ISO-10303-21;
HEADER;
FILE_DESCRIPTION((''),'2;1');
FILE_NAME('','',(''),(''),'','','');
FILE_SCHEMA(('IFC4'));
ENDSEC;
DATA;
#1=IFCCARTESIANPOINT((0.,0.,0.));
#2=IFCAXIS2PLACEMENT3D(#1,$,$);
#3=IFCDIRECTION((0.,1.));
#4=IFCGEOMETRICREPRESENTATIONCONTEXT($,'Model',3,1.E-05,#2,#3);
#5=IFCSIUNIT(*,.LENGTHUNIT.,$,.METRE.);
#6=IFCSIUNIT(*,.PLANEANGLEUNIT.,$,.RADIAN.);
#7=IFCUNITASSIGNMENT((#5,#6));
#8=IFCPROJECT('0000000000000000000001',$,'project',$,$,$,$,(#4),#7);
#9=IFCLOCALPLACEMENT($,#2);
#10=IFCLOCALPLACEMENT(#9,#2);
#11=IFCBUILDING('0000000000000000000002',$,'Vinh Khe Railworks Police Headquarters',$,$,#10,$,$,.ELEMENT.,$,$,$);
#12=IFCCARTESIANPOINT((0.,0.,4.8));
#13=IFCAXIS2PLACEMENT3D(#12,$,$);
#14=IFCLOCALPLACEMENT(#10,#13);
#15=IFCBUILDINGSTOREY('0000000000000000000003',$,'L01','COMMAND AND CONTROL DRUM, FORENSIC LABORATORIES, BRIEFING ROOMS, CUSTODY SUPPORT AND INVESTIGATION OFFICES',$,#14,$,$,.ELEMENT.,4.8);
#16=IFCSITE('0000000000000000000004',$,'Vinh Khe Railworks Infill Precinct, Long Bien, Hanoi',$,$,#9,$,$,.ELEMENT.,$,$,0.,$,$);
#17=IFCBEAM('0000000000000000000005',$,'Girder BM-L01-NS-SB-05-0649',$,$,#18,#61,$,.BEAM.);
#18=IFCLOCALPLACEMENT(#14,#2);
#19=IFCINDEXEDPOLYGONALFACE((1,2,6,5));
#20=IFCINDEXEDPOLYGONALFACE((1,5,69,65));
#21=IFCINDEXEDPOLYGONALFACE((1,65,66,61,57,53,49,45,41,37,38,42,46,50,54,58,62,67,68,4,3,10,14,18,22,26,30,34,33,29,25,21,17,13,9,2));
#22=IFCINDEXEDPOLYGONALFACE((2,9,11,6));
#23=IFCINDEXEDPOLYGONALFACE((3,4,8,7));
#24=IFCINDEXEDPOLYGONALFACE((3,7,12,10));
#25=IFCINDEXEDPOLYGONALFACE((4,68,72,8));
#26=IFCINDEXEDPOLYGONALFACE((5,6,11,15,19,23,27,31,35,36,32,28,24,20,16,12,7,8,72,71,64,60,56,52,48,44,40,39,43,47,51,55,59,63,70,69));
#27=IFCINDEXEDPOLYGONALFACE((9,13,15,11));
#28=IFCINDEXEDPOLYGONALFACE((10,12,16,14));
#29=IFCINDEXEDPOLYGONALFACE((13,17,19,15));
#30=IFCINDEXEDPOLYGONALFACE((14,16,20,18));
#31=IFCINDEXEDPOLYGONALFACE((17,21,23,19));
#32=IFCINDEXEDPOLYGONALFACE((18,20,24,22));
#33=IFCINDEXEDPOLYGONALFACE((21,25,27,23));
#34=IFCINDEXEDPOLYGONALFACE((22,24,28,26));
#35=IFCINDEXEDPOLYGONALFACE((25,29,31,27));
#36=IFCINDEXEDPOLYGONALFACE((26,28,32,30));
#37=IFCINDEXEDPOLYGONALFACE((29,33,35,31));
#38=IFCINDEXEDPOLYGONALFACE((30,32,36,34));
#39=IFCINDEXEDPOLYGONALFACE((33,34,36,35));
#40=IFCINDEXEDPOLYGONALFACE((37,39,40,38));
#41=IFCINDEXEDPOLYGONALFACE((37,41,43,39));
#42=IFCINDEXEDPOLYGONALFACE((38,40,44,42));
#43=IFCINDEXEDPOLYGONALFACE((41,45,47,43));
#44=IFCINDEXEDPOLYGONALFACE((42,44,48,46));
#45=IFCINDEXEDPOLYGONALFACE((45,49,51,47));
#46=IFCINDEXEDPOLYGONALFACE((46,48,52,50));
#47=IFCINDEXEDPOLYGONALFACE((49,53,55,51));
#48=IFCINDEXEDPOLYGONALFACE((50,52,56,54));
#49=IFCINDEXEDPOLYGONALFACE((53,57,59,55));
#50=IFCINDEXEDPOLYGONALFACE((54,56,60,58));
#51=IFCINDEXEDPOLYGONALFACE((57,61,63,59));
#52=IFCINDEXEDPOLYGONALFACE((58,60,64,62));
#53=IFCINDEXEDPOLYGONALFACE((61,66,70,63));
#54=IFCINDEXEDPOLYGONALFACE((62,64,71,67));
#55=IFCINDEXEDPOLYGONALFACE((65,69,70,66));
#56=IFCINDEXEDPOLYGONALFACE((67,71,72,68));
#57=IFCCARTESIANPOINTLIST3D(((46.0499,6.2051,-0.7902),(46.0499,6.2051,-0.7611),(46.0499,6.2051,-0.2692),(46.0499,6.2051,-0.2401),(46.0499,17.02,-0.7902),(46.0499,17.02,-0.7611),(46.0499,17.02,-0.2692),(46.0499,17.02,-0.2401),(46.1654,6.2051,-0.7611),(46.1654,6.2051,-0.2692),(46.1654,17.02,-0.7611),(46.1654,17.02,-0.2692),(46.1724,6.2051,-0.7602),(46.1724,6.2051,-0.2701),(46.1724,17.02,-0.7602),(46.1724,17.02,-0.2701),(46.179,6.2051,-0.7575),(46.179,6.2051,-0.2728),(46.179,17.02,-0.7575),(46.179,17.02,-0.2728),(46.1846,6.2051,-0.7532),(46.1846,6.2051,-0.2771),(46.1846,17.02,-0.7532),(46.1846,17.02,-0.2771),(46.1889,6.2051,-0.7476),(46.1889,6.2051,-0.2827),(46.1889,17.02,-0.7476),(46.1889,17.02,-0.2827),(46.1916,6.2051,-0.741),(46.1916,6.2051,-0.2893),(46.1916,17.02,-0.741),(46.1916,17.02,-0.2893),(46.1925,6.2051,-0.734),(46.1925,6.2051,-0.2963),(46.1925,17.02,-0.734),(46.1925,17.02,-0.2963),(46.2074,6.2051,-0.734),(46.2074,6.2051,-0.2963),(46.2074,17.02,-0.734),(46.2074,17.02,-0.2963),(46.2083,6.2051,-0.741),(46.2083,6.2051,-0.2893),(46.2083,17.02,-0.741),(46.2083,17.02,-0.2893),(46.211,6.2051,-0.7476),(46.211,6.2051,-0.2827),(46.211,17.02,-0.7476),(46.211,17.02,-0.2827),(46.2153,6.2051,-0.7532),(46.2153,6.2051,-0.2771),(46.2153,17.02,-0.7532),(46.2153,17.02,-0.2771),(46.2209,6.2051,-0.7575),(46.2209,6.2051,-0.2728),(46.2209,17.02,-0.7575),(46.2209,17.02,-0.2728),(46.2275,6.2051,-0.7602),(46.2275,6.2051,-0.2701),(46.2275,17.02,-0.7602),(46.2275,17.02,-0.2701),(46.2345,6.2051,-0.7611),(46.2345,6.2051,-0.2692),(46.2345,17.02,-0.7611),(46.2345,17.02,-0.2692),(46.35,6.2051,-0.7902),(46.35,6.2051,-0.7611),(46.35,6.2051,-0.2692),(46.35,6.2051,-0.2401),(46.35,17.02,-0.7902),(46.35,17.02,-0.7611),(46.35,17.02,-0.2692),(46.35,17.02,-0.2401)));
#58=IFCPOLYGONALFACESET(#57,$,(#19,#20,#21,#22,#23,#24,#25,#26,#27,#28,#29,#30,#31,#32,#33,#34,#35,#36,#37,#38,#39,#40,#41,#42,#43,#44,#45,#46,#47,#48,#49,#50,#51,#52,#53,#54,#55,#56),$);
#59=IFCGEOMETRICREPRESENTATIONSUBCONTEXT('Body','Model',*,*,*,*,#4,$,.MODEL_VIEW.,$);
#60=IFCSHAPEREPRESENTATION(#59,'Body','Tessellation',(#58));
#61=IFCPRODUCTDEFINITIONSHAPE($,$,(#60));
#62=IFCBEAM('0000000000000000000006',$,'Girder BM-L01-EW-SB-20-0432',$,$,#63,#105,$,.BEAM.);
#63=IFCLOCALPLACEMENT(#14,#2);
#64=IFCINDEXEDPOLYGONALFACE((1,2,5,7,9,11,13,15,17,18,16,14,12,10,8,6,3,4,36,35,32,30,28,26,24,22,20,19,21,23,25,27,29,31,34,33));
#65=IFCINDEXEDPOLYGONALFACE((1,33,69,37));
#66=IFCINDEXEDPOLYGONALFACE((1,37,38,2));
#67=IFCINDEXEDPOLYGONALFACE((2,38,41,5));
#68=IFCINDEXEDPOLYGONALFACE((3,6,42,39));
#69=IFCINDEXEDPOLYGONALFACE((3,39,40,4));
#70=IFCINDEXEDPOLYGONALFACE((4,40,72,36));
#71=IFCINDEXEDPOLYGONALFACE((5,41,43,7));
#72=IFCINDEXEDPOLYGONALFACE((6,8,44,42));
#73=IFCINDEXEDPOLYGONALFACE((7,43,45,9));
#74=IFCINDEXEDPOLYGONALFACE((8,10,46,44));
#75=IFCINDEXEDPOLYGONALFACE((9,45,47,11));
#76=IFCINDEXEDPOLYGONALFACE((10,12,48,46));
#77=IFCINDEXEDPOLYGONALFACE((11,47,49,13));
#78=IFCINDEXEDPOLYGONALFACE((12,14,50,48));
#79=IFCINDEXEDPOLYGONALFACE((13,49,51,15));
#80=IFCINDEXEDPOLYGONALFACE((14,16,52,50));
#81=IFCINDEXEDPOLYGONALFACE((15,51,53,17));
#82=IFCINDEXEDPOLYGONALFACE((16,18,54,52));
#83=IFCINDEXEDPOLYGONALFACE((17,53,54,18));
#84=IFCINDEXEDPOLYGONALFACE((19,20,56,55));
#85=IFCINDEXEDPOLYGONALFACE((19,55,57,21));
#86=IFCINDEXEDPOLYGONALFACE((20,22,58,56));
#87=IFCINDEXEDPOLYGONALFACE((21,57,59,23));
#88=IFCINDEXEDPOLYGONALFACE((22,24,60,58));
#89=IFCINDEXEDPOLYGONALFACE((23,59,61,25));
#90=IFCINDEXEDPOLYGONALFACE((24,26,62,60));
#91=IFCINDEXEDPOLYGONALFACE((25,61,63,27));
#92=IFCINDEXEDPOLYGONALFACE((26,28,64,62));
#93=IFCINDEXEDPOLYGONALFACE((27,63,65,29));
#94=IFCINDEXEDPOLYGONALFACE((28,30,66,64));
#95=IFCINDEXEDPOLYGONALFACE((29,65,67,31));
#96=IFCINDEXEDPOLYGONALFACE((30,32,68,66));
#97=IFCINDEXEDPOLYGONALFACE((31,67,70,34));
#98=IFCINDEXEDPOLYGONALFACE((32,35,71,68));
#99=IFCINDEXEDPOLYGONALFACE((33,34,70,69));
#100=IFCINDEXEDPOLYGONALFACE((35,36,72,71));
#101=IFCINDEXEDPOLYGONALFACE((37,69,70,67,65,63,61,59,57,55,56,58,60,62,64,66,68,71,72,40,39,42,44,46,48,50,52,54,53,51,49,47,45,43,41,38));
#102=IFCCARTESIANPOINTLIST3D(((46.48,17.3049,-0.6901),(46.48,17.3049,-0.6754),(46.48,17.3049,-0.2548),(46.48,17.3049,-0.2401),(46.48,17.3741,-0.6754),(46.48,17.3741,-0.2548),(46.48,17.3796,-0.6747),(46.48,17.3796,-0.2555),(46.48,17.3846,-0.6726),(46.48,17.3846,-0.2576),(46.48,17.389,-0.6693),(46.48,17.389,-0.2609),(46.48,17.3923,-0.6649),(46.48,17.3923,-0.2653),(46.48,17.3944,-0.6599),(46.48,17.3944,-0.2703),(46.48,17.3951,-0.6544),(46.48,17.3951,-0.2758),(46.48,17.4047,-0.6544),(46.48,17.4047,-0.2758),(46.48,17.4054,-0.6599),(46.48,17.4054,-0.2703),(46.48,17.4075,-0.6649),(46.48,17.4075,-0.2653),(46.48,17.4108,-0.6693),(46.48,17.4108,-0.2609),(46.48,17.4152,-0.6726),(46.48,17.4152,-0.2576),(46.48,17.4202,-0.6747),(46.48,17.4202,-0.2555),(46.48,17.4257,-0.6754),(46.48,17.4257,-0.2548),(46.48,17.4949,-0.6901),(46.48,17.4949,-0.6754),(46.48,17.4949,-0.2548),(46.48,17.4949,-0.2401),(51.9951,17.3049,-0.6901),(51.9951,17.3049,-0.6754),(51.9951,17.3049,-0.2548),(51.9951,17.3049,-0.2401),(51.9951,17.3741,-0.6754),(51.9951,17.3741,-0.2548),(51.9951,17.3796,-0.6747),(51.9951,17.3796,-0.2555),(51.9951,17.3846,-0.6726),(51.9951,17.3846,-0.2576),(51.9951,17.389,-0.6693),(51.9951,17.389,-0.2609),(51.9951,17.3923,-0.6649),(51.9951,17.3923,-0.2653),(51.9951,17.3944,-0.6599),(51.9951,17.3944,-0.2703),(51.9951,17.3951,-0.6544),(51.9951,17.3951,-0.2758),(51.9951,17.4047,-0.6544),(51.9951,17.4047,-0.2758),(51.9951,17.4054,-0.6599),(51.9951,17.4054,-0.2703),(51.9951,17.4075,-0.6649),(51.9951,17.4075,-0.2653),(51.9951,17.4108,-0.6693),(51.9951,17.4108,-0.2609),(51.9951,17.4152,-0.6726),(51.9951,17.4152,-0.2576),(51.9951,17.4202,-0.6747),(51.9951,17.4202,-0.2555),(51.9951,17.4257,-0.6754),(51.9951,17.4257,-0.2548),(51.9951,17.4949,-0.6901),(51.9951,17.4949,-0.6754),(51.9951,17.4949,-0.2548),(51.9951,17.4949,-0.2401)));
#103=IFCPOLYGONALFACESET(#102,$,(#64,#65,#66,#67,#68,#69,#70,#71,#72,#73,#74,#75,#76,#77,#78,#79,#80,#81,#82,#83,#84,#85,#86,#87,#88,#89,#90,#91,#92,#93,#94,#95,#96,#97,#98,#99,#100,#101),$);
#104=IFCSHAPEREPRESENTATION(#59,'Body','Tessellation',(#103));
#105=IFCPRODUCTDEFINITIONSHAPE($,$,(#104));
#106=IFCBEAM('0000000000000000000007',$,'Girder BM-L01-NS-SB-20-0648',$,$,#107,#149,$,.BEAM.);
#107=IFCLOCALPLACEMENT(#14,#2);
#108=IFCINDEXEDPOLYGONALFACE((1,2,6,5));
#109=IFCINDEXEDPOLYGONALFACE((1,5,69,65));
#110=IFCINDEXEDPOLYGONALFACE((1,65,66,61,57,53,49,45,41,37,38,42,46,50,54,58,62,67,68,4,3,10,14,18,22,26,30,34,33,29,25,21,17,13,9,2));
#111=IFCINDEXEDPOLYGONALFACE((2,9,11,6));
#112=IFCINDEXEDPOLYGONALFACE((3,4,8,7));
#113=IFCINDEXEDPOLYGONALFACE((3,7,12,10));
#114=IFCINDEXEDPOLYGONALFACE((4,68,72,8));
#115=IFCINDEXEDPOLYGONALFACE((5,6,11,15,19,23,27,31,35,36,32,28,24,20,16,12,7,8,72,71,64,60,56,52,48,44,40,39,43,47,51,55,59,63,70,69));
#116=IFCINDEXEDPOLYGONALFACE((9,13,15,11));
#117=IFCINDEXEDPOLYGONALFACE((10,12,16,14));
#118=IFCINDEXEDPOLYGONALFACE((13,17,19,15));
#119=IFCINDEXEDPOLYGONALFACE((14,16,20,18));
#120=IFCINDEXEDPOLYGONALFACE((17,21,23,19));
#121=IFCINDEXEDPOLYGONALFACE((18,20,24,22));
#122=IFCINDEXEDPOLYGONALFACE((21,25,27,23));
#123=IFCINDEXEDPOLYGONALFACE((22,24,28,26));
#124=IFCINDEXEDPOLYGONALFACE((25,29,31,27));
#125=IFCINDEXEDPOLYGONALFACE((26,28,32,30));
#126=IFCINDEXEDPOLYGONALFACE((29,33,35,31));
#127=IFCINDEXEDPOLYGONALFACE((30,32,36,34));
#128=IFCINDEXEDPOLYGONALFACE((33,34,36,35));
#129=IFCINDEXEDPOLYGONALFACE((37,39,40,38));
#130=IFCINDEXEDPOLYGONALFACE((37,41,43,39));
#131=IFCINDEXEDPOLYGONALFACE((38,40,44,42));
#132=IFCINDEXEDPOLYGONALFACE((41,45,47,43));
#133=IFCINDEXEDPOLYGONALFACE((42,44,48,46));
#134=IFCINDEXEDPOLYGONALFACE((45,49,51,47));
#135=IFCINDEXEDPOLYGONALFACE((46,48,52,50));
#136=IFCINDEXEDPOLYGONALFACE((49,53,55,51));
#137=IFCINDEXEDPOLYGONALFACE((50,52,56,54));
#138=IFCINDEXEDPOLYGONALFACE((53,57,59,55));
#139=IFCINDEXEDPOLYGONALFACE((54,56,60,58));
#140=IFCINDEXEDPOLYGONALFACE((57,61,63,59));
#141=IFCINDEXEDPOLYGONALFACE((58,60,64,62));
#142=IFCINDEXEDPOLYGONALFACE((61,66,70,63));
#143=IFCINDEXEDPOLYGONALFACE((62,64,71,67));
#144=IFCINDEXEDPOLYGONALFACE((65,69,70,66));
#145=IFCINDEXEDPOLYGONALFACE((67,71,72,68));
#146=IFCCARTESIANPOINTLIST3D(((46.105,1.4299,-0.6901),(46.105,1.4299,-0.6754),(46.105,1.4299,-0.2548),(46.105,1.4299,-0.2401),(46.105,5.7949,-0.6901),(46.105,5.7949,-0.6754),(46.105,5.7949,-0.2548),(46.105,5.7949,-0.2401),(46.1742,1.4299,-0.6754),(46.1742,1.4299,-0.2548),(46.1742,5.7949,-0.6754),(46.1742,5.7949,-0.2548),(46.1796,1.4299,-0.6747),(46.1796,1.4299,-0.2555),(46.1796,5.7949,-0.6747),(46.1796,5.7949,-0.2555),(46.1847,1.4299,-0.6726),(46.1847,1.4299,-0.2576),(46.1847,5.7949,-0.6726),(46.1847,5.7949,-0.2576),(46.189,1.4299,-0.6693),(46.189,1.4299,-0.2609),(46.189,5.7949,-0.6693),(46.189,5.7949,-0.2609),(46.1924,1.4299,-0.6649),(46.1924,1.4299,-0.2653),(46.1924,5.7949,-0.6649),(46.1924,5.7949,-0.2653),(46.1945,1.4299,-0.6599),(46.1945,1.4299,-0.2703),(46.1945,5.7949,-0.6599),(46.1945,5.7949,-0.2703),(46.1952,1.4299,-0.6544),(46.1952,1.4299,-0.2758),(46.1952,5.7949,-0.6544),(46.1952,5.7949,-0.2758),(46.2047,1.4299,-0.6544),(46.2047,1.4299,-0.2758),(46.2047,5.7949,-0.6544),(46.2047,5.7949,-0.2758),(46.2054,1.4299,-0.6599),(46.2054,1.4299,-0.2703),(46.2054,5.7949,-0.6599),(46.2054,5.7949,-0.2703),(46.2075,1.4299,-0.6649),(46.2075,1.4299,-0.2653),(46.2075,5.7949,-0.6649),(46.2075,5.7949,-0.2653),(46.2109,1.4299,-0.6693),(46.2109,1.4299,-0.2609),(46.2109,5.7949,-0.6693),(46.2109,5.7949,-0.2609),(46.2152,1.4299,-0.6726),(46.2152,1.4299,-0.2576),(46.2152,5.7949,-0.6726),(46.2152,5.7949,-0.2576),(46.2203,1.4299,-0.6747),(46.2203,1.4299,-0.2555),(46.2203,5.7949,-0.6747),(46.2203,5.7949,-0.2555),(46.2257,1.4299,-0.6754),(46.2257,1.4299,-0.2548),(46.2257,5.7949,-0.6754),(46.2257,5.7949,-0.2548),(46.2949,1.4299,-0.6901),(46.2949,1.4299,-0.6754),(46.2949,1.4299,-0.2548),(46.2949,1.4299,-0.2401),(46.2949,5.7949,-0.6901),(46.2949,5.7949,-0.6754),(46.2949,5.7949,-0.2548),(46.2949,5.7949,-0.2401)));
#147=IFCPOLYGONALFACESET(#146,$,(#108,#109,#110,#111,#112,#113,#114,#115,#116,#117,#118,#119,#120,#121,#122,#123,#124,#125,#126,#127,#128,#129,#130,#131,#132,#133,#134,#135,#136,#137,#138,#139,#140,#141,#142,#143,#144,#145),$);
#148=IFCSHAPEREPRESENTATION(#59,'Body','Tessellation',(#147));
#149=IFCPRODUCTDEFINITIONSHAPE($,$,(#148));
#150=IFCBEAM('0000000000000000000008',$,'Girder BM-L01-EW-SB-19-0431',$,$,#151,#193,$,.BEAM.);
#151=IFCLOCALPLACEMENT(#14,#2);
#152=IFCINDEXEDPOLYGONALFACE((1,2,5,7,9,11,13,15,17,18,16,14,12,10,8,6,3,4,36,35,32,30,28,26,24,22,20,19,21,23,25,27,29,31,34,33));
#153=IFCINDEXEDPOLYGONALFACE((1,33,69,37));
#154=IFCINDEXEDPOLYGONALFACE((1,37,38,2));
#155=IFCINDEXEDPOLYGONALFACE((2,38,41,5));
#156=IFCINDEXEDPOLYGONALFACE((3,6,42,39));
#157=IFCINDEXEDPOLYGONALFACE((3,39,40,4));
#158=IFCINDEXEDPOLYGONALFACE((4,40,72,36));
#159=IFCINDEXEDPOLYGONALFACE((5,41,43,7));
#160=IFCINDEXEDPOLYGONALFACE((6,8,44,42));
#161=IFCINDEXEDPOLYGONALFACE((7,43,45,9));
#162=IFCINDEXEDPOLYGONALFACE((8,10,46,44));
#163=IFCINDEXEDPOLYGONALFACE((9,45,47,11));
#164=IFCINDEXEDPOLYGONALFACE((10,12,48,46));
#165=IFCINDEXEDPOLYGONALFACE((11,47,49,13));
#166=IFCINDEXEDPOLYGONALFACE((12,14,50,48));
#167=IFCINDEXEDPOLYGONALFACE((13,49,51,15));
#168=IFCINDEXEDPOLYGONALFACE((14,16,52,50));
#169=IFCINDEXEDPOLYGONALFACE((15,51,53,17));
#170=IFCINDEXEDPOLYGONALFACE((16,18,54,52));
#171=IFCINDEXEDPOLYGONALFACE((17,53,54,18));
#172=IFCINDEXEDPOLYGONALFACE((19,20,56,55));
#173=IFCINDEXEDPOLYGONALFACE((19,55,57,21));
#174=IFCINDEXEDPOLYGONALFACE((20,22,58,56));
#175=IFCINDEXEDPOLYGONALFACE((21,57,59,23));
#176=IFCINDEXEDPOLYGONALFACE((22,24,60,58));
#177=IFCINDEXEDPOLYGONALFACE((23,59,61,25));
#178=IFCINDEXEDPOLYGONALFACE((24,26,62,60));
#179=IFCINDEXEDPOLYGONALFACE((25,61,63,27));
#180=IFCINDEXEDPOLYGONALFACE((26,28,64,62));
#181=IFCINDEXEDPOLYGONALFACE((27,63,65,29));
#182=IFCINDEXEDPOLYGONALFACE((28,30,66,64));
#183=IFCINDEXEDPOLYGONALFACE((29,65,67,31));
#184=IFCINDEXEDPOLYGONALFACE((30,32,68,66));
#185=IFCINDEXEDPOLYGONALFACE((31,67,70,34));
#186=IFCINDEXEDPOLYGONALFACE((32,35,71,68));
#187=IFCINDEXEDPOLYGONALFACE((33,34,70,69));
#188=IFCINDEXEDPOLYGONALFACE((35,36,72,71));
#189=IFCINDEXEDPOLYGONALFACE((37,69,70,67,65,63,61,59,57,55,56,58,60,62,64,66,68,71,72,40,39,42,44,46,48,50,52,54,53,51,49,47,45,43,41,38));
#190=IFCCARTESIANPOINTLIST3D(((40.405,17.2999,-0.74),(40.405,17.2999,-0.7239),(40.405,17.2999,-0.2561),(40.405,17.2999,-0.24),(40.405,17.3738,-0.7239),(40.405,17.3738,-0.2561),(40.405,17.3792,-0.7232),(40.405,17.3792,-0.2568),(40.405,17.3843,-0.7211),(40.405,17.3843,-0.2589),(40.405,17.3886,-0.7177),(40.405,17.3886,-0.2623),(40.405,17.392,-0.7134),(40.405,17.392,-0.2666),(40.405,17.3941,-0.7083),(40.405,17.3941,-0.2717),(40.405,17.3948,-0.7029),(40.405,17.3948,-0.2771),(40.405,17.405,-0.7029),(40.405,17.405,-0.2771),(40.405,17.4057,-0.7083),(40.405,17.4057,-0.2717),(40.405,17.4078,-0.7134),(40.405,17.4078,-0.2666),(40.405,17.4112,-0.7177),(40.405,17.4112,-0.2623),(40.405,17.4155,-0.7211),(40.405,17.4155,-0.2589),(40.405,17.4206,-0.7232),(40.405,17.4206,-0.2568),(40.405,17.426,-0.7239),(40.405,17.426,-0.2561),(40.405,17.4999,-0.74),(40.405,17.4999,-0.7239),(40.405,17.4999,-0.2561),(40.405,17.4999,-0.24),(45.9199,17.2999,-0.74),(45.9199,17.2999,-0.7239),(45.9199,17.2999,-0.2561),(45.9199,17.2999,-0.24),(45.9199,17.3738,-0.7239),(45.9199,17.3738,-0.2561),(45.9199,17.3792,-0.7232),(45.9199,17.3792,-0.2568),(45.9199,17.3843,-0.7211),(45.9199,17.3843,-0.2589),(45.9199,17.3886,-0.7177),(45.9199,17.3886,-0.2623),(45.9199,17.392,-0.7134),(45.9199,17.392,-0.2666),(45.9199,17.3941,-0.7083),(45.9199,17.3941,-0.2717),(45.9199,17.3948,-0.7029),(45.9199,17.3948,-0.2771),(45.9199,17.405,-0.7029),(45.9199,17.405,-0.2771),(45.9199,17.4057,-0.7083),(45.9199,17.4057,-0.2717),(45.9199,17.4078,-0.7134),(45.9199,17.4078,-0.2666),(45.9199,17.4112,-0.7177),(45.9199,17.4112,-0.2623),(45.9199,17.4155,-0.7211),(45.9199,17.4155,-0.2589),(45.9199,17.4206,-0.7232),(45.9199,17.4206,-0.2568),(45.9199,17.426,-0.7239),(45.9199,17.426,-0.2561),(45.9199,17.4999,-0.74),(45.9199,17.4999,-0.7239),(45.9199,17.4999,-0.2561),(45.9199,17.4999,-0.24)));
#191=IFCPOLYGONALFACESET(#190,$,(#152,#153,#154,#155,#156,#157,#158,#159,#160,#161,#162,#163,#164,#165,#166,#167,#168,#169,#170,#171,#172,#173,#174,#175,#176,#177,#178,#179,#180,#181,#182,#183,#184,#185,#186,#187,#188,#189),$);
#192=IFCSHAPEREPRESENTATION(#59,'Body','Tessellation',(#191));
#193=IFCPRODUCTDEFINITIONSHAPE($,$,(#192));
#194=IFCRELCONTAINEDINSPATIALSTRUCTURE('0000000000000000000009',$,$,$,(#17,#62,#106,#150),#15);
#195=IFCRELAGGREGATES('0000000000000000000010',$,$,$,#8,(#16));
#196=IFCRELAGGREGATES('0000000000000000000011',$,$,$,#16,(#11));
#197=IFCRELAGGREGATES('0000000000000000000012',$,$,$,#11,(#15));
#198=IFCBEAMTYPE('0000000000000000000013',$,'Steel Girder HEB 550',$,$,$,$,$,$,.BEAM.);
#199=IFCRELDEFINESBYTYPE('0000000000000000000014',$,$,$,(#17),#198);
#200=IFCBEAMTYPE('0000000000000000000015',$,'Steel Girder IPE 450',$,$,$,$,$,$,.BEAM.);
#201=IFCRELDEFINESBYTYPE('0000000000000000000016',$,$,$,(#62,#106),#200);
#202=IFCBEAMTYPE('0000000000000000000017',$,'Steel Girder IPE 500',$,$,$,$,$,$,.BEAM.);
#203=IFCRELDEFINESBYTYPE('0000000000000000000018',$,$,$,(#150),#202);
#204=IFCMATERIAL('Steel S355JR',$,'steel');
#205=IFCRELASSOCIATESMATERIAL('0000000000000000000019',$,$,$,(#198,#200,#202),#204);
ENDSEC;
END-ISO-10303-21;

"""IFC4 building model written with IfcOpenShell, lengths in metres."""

from ifc_helpers import new_model, si_unit, direction, frame, origin, origin_2d, place, context, subcontext, project, spatial, i_section, extrude, material, material_profile, profile_set, type_object, element, save


model = new_model("IFC4")

# Units and contexts
model_context = context("Model", 3, precision=1e-05, world=origin(), true_north=direction((0.0, 1.0)))
body_context = subcontext(model_context, "Body", "Model", "MODEL_VIEW")
ifc_project = project(units=[si_unit("LENGTHUNIT", "METRE"), si_unit("PLANEANGLEUNIT", "RADIAN")], contexts=[model_context])

# Site, building, storey
site_placement = place(None, origin())
site = spatial("IfcSite", under=ifc_project, at=site_placement, Name="Vinh Khe Railworks Infill Precinct, Long Bien, Hanoi", CompositionType="ELEMENT", RefElevation=0.0)
building_placement = place(site_placement, origin())
building = spatial("IfcBuilding", under=site, at=building_placement, Name="Vinh Khe Railworks Police Headquarters", CompositionType="ELEMENT")
storey_placement = place(building_placement, frame((0.0, 0.0, 4.8)))
storey = spatial("IfcBuildingStorey", under=building, at=storey_placement, Name="L01", Description="COMMAND AND CONTROL DRUM, FORENSIC LABORATORIES, BRIEFING ROOMS, CUSTODY SUPPORT AND INVESTIGATION OFFICES", CompositionType="ELEMENT", Elevation=4.8)

# Shared definitions
ifc_material_1 = material(Name="Steel S355JR", Category="steel")

# Beams
ifc_material_profile_1 = material_profile(ifc_material_1, i_section(OverallWidth=0.3, OverallDepth=0.55, WebThickness=0.0149, FlangeThickness=0.0291, FilletRadius=0.0271, at=origin_2d()), Name="HEB 550")
ifc_profile_set_1 = profile_set([ifc_material_profile_1], Name="Steel S355JR")
beam_type_1 = type_object("IfcBeamType", Name="Steel Girder HEB 550", PredefinedType="BEAM", material=ifc_profile_set_1)
beam_1_placement = place(storey_placement, frame((46.2, 6.2051, -0.5151), z_axis=(0.0, 1.0, 0.0), x_axis=(-1.0, 0.0, 0.0)))
element("IfcBeam", 1, at=beam_1_placement, inside=storey, type_object=beam_type_1, Name="Girder BM-L01-NS-SB-05-0649", PredefinedType="BEAM", context=body_context, shape_type="SweptSolid", body=[
    extrude(i_section(OverallWidth=0.3, OverallDepth=0.55, WebThickness=0.0149, FlangeThickness=0.0291, FilletRadius=0.0271, at=origin_2d()), origin(), (0.0, 0.0, 1.0), 10.8149),
])
ifc_material_profile_2 = material_profile(ifc_material_1, i_section(OverallWidth=0.1899, OverallDepth=0.45, WebThickness=0.0095, FlangeThickness=0.0146, FilletRadius=0.021, at=origin_2d()), Name="IPE 450")
ifc_profile_set_2 = profile_set([ifc_material_profile_2], Name="Steel S355JR")
beam_type_2 = type_object("IfcBeamType", Name="Steel Girder IPE 450", PredefinedType="BEAM", material=ifc_profile_set_2)
beam_2_placement = place(storey_placement, frame((46.48, 17.3999, -0.4651), z_axis=(1.0, 0.0, 0.0), x_axis=(0.0, 1.0, 0.0)))
element("IfcBeam", 2, at=beam_2_placement, inside=storey, type_object=beam_type_2, Name="Girder BM-L01-EW-SB-20-0432", PredefinedType="BEAM", context=body_context, shape_type="SweptSolid", body=[
    extrude(i_section(OverallWidth=0.1899, OverallDepth=0.45, WebThickness=0.0095, FlangeThickness=0.0146, FilletRadius=0.021, at=origin_2d()), origin(), (0.0, 0.0, 1.0), 5.5151),
])
beam_3_placement = place(storey_placement, frame((46.2, 1.4299, -0.4651), z_axis=(0.0, 1.0, 0.0), x_axis=(-1.0, 0.0, 0.0)))
element("IfcBeam", 3, at=beam_3_placement, inside=storey, type_object=beam_type_2, Name="Girder BM-L01-NS-SB-20-0648", PredefinedType="BEAM", context=body_context, shape_type="SweptSolid", body=[
    extrude(i_section(OverallWidth=0.1899, OverallDepth=0.45, WebThickness=0.0095, FlangeThickness=0.0146, FilletRadius=0.021, at=origin_2d()), origin(), (0.0, 0.0, 1.0), 4.365),
])
ifc_material_profile_3 = material_profile(ifc_material_1, i_section(OverallWidth=0.2, OverallDepth=0.5, WebThickness=0.0103, FlangeThickness=0.0161, FilletRadius=0.021, at=origin_2d()), Name="IPE 500")
ifc_profile_set_3 = profile_set([ifc_material_profile_3], Name="Steel S355JR")
beam_type_3 = type_object("IfcBeamType", Name="Steel Girder IPE 500", PredefinedType="BEAM", material=ifc_profile_set_3)
beam_4_placement = place(storey_placement, frame((40.405, 17.3999, -0.49), z_axis=(1.0, 0.0, 0.0), x_axis=(0.0, 1.0, 0.0)))
element("IfcBeam", 4, at=beam_4_placement, inside=storey, type_object=beam_type_3, Name="Girder BM-L01-EW-SB-19-0431", PredefinedType="BEAM", context=body_context, shape_type="SweptSolid", body=[
    extrude(i_section(OverallWidth=0.2, OverallDepth=0.5, WebThickness=0.0103, FlangeThickness=0.0161, FilletRadius=0.021, at=origin_2d()), origin(), (0.0, 0.0, 1.0), 5.5149),
])

save(model, "model.ifc")
